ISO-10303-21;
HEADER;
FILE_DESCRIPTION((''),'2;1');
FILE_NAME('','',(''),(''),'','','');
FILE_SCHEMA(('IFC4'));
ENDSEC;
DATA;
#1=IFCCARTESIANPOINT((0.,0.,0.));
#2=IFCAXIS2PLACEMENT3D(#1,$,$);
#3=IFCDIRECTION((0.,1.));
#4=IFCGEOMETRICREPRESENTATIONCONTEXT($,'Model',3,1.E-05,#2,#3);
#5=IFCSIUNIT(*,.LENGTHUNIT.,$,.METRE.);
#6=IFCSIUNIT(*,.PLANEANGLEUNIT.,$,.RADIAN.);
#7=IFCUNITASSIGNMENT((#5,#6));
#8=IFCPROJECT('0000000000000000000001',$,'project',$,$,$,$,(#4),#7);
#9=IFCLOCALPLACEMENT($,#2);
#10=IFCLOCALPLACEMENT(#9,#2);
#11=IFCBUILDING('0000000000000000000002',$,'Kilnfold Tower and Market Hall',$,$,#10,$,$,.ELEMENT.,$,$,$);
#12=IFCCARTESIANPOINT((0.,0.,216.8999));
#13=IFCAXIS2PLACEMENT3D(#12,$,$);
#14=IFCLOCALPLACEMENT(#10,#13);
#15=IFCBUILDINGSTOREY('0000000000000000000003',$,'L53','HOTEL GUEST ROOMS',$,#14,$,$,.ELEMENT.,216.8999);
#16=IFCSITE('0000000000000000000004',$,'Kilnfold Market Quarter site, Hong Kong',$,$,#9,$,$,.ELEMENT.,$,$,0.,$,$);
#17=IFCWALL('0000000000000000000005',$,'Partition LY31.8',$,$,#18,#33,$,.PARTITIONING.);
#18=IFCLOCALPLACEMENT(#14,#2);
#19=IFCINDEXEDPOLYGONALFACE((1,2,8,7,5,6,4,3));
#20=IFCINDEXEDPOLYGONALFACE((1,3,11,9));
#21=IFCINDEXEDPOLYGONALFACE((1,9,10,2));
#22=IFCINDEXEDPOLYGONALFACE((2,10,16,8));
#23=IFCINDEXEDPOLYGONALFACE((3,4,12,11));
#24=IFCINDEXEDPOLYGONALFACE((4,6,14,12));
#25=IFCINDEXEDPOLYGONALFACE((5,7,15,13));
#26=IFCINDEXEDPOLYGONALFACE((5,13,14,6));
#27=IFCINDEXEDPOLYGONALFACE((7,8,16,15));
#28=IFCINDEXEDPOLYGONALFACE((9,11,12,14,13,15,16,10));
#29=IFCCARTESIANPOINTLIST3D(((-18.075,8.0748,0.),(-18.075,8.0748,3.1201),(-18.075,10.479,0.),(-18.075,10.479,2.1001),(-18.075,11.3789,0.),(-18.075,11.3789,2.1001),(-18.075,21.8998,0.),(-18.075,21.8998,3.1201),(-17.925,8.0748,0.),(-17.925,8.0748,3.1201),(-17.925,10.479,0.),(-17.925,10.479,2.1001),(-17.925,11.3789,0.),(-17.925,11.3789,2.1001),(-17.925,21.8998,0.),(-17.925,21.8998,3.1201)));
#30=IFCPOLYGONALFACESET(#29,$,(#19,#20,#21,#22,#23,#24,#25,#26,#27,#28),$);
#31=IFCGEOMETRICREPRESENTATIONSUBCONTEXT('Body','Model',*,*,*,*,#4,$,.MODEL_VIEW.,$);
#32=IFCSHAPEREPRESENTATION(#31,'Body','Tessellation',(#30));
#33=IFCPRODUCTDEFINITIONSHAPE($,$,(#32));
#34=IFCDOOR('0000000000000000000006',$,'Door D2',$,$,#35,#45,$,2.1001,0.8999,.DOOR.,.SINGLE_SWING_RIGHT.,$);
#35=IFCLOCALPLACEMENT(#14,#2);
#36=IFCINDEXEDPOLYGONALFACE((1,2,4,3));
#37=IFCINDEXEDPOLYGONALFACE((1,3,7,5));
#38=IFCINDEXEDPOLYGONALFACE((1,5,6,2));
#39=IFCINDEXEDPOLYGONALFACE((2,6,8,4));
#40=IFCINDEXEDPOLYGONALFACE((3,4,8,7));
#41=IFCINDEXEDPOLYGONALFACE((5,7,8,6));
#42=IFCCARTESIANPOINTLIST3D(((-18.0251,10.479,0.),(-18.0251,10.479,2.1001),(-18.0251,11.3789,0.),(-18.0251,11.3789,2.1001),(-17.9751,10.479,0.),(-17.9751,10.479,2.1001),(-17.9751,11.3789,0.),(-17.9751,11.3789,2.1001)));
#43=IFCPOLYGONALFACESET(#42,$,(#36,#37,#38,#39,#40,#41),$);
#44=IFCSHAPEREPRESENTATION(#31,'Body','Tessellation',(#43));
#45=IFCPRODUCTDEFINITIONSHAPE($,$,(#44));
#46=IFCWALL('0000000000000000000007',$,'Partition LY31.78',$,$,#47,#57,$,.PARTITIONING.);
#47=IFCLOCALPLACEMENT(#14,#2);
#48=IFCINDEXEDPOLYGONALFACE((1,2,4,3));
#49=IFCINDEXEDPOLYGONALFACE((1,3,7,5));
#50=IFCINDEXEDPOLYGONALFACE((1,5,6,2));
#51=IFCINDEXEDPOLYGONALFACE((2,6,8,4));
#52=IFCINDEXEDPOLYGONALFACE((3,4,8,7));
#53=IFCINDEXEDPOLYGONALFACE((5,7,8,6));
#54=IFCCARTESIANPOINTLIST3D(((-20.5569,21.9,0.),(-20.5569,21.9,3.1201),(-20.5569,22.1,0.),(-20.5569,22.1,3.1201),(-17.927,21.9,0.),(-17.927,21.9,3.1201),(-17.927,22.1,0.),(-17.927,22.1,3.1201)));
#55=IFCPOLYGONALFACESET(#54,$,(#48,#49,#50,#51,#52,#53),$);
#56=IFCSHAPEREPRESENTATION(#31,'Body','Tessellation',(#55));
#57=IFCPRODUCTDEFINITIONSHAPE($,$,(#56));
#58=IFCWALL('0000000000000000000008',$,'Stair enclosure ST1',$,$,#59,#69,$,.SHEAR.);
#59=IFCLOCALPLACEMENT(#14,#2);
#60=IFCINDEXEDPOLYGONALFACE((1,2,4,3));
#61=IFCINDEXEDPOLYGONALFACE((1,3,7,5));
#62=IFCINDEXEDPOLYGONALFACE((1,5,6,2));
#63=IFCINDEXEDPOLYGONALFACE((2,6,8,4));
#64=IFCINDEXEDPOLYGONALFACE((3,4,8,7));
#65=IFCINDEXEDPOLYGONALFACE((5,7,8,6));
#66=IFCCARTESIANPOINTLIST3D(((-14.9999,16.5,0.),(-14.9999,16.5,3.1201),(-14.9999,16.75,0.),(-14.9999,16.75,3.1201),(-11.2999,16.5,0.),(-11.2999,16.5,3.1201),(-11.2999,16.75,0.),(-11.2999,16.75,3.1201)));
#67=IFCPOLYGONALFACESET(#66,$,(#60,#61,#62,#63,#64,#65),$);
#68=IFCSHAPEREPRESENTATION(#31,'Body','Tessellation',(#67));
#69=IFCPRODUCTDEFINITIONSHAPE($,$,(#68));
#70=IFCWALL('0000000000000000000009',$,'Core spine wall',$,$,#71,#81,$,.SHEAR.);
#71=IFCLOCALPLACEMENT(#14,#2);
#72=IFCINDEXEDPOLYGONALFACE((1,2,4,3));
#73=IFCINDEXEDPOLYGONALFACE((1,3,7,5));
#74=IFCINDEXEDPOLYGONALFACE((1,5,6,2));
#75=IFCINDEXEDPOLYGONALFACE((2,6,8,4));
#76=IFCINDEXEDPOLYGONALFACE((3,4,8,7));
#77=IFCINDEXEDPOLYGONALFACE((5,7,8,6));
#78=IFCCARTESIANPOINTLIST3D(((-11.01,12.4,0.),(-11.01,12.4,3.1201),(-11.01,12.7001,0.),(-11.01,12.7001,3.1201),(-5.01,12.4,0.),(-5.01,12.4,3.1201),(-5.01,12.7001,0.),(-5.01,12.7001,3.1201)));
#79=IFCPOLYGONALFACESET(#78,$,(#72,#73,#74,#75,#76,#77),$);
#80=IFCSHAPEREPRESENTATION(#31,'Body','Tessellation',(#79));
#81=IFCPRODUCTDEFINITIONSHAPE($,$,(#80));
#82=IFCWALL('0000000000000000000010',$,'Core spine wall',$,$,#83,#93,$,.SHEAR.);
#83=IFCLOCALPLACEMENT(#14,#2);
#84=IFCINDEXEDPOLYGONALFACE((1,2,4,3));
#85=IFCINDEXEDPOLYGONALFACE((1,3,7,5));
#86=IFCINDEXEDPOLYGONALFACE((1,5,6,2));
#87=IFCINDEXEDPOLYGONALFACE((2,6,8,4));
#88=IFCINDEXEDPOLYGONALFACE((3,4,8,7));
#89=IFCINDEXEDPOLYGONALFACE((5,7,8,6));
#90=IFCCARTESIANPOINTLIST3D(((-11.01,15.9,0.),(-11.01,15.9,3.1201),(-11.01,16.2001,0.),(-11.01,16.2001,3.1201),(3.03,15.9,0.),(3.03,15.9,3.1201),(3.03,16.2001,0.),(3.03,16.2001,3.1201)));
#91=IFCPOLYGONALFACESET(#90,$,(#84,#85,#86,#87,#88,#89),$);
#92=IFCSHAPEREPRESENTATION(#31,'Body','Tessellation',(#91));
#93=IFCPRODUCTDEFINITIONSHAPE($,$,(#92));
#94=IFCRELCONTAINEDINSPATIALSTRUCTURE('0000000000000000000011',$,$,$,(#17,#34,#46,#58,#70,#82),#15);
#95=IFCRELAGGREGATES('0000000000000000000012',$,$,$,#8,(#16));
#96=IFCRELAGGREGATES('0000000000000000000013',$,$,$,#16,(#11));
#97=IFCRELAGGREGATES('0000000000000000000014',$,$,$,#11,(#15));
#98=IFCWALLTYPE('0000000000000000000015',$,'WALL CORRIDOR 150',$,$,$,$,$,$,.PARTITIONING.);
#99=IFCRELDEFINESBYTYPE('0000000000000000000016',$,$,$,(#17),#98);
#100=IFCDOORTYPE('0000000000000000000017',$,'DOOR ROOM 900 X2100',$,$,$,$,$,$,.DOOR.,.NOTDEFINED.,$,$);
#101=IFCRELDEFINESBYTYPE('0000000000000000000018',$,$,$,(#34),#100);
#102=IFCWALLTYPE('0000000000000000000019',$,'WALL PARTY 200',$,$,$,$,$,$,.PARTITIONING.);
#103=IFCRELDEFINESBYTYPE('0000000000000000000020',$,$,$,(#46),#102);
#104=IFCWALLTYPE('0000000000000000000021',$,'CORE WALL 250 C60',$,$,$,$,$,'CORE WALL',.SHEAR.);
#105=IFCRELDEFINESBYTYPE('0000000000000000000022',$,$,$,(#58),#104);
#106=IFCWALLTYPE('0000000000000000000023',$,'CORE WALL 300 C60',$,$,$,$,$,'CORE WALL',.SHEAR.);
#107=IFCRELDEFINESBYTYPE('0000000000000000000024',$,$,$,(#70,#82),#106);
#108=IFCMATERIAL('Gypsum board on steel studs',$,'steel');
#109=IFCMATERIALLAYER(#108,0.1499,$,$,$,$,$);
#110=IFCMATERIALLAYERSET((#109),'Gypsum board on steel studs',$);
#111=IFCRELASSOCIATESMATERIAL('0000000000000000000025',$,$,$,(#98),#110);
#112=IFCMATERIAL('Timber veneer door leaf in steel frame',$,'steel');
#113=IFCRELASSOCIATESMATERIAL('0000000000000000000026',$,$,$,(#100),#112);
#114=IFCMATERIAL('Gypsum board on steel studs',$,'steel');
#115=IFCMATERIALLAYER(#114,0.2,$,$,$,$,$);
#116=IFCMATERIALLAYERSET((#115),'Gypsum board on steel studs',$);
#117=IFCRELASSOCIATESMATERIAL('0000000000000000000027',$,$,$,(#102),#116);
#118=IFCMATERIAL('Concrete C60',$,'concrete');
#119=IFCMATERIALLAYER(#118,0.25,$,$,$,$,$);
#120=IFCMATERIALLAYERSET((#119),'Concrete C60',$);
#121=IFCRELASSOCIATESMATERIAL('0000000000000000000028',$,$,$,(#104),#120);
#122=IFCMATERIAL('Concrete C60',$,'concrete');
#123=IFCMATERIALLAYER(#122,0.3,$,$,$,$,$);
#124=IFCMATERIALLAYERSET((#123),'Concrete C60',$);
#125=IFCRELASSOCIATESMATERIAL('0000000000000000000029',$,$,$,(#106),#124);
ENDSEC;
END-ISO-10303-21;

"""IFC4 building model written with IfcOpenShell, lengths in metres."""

from ifc_helpers import new_model, si_unit, direction, frame, frame_2d, origin, place, context, subcontext, project, spatial, rectangle, extrude, source, transform, mapped, material, layer, layer_set, type_object, element, fill, save


model = new_model("IFC4")

# Units and contexts
model_context = context("Model", 3, precision=1e-05, world=origin(), true_north=direction((0.0, 1.0)))
body_context = subcontext(model_context, "Body", "Model", "MODEL_VIEW")
ifc_project = project(units=[si_unit("LENGTHUNIT", "METRE"), si_unit("PLANEANGLEUNIT", "RADIAN")], contexts=[model_context])

# Site, building, storey
site_placement = place(None, origin())
site = spatial("IfcSite", under=ifc_project, at=site_placement, Name="Kilnfold Market Quarter site, Hong Kong", CompositionType="ELEMENT", RefElevation=0.0)
building_placement = place(site_placement, origin())
building = spatial("IfcBuilding", under=site, at=building_placement, Name="Kilnfold Tower and Market Hall", CompositionType="ELEMENT")
storey_placement = place(building_placement, frame((0.0, 0.0, 216.8999)))
storey = spatial("IfcBuildingStorey", under=building, at=storey_placement, Name="L53", Description="HOTEL GUEST ROOMS", CompositionType="ELEMENT", Elevation=216.8999)

# Wall, opening, door
ifc_material_1 = material(Name="Gypsum board on steel studs", Category="steel")
ifc_layer_1 = layer(ifc_material_1, 0.1499)
ifc_layer_set_1 = layer_set([ifc_layer_1], Name="Gypsum board on steel studs")
wall_type_1 = type_object("IfcWallType", Name="WALL CORRIDOR 150", PredefinedType="PARTITIONING", material=ifc_layer_set_1)
wall_1_placement = place(storey_placement, frame((-18.0, 21.8999, 0.0), z_axis=(0.0, 0.0, 1.0), x_axis=(0.0, -1.0, 0.0)))
wall_1 = element("IfcWall", 1, at=wall_1_placement, inside=storey, type_object=wall_type_1, Name="Partition LY31.8", PredefinedType="PARTITIONING", context=body_context, shape_type="SweptSolid", body=[
    extrude(rectangle(XDim=13.825, YDim=0.1499, at=frame_2d((6.9126, 0.0))), origin(), (0.0, 0.0, 1.0), 3.1201),
])
opening_1_placement = place(wall_1_placement, frame((10.521, 0.0, 0.0)))
opening_1 = element("IfcOpeningElement", 2, at=opening_1_placement, cuts=wall_1, PredefinedType="OPENING", context=body_context, shape_type="SweptSolid", body=[
    extrude(rectangle(XDim=0.8999, YDim=2.1001, at=frame_2d((0.45, 1.05))), frame((0.0, 0.085, 0.0), z_axis=(0.0, -1.0, 0.0), x_axis=(1.0, 0.0, 0.0)), (0.0, 0.0, 1.0), 0.1699),
])
ifc_material_2 = material(Name="Timber veneer door leaf in steel frame", Category="steel")
door_type_1 = type_object("IfcDoorType", Name="DOOR ROOM 900 X2100", OperationType="NOTDEFINED", PredefinedType="DOOR", material=ifc_material_2)
door_1_placement = place(opening_1_placement, origin())
door_1 = element("IfcDoor", 3, at=door_1_placement, inside=storey, type_object=door_type_1, Name="Door D2", OperationType="SINGLE_SWING_RIGHT", OverallHeight=2.1001, OverallWidth=0.8999, PredefinedType="DOOR", context=body_context, shape_type="SweptSolid", body=[
    extrude(rectangle(XDim=0.8999, YDim=2.1001, at=frame_2d((0.45, 1.05))), frame((0.0, 0.0249, 0.0), z_axis=(0.0, -1.0, 0.0), x_axis=(1.0, 0.0, 0.0)), (0.0, 0.0, 1.0), 0.05),
])
fill(opening_1, door_1)

# Walls
ifc_material_3 = material(Name="Gypsum board on steel studs", Category="steel")
ifc_layer_2 = layer(ifc_material_3, 0.2)
ifc_layer_set_2 = layer_set([ifc_layer_2], Name="Gypsum board on steel studs")
wall_type_2 = type_object("IfcWallType", Name="WALL PARTY 200", PredefinedType="PARTITIONING", material=ifc_layer_set_2)
wall_2_placement = place(storey_placement, frame((-17.927, 22.0, 0.0), z_axis=(0.0, 0.0, 1.0), x_axis=(-1.0, 0.0, 0.0)))
element("IfcWall", 4, at=wall_2_placement, inside=storey, type_object=wall_type_2, Name="Partition LY31.78", PredefinedType="PARTITIONING", context=body_context, shape_type="SweptSolid", body=[
    extrude(rectangle(XDim=2.6299, YDim=0.2, at=frame_2d((1.3149, 0.0))), origin(), (0.0, 0.0, 1.0), 3.1201),
])
ifc_material_4 = material(Name="Concrete C60", Category="concrete")
ifc_layer_3 = layer(ifc_material_4, 0.25)
ifc_layer_set_3 = layer_set([ifc_layer_3], Name="Concrete C60")
wall_type_3 = type_object("IfcWallType", Name="CORE WALL 250 C60", ElementType="CORE WALL", PredefinedType="SHEAR", material=ifc_layer_set_3)
shared_shape_1 = source(origin(), body_context, "Body", "SweptSolid", [
    extrude(rectangle(XDim=3.7, YDim=0.25, at=frame_2d((1.8501, 0.0))), origin(), (0.0, 0.0, 1.0), 3.1201),
])
wall_3_placement = place(storey_placement, frame((-15.0, 16.625, 0.0), z_axis=(0.0, 0.0, 1.0), x_axis=(1.0, 0.0, 0.0)))
element("IfcWall", 5, at=wall_3_placement, inside=storey, type_object=wall_type_3, Name="Stair enclosure ST1", PredefinedType="SHEAR", context=body_context, shape_type="MappedRepresentation", body=[
    mapped(shared_shape_1, transform((0.0, 0.0, 0.0))),
])
ifc_material_5 = material(Name="Concrete C60", Category="concrete")
ifc_layer_4 = layer(ifc_material_5, 0.3)
ifc_layer_set_4 = layer_set([ifc_layer_4], Name="Concrete C60")
wall_type_4 = type_object("IfcWallType", Name="CORE WALL 300 C60", ElementType="CORE WALL", PredefinedType="SHEAR", material=ifc_layer_set_4)
shared_shape_2 = source(origin(), body_context, "Body", "SweptSolid", [
    extrude(rectangle(XDim=6.0, YDim=0.3, at=frame_2d((3.0, 0.0))), origin(), (0.0, 0.0, 1.0), 3.1201),
])
wall_4_placement = place(storey_placement, frame((-11.01, 12.55, 0.0), z_axis=(0.0, 0.0, 1.0), x_axis=(1.0, 0.0, 0.0)))
element("IfcWall", 6, at=wall_4_placement, inside=storey, type_object=wall_type_4, Name="Core spine wall", PredefinedType="SHEAR", context=body_context, shape_type="MappedRepresentation", body=[
    mapped(shared_shape_2, transform((0.0, 0.0, 0.0))),
])
shared_shape_3 = source(origin(), body_context, "Body", "SweptSolid", [
    extrude(rectangle(XDim=14.04, YDim=0.3, at=frame_2d((7.02, 0.0))), origin(), (0.0, 0.0, 1.0), 3.1201),
])
wall_5_placement = place(storey_placement, frame((-11.01, 16.05, 0.0), z_axis=(0.0, 0.0, 1.0), x_axis=(1.0, 0.0, 0.0)))
element("IfcWall", 7, at=wall_5_placement, inside=storey, type_object=wall_type_4, Name="Core spine wall", PredefinedType="SHEAR", context=body_context, shape_type="MappedRepresentation", body=[
    mapped(shared_shape_3, transform((0.0, 0.0, 0.0))),
])

save(model, "model.ifc")
